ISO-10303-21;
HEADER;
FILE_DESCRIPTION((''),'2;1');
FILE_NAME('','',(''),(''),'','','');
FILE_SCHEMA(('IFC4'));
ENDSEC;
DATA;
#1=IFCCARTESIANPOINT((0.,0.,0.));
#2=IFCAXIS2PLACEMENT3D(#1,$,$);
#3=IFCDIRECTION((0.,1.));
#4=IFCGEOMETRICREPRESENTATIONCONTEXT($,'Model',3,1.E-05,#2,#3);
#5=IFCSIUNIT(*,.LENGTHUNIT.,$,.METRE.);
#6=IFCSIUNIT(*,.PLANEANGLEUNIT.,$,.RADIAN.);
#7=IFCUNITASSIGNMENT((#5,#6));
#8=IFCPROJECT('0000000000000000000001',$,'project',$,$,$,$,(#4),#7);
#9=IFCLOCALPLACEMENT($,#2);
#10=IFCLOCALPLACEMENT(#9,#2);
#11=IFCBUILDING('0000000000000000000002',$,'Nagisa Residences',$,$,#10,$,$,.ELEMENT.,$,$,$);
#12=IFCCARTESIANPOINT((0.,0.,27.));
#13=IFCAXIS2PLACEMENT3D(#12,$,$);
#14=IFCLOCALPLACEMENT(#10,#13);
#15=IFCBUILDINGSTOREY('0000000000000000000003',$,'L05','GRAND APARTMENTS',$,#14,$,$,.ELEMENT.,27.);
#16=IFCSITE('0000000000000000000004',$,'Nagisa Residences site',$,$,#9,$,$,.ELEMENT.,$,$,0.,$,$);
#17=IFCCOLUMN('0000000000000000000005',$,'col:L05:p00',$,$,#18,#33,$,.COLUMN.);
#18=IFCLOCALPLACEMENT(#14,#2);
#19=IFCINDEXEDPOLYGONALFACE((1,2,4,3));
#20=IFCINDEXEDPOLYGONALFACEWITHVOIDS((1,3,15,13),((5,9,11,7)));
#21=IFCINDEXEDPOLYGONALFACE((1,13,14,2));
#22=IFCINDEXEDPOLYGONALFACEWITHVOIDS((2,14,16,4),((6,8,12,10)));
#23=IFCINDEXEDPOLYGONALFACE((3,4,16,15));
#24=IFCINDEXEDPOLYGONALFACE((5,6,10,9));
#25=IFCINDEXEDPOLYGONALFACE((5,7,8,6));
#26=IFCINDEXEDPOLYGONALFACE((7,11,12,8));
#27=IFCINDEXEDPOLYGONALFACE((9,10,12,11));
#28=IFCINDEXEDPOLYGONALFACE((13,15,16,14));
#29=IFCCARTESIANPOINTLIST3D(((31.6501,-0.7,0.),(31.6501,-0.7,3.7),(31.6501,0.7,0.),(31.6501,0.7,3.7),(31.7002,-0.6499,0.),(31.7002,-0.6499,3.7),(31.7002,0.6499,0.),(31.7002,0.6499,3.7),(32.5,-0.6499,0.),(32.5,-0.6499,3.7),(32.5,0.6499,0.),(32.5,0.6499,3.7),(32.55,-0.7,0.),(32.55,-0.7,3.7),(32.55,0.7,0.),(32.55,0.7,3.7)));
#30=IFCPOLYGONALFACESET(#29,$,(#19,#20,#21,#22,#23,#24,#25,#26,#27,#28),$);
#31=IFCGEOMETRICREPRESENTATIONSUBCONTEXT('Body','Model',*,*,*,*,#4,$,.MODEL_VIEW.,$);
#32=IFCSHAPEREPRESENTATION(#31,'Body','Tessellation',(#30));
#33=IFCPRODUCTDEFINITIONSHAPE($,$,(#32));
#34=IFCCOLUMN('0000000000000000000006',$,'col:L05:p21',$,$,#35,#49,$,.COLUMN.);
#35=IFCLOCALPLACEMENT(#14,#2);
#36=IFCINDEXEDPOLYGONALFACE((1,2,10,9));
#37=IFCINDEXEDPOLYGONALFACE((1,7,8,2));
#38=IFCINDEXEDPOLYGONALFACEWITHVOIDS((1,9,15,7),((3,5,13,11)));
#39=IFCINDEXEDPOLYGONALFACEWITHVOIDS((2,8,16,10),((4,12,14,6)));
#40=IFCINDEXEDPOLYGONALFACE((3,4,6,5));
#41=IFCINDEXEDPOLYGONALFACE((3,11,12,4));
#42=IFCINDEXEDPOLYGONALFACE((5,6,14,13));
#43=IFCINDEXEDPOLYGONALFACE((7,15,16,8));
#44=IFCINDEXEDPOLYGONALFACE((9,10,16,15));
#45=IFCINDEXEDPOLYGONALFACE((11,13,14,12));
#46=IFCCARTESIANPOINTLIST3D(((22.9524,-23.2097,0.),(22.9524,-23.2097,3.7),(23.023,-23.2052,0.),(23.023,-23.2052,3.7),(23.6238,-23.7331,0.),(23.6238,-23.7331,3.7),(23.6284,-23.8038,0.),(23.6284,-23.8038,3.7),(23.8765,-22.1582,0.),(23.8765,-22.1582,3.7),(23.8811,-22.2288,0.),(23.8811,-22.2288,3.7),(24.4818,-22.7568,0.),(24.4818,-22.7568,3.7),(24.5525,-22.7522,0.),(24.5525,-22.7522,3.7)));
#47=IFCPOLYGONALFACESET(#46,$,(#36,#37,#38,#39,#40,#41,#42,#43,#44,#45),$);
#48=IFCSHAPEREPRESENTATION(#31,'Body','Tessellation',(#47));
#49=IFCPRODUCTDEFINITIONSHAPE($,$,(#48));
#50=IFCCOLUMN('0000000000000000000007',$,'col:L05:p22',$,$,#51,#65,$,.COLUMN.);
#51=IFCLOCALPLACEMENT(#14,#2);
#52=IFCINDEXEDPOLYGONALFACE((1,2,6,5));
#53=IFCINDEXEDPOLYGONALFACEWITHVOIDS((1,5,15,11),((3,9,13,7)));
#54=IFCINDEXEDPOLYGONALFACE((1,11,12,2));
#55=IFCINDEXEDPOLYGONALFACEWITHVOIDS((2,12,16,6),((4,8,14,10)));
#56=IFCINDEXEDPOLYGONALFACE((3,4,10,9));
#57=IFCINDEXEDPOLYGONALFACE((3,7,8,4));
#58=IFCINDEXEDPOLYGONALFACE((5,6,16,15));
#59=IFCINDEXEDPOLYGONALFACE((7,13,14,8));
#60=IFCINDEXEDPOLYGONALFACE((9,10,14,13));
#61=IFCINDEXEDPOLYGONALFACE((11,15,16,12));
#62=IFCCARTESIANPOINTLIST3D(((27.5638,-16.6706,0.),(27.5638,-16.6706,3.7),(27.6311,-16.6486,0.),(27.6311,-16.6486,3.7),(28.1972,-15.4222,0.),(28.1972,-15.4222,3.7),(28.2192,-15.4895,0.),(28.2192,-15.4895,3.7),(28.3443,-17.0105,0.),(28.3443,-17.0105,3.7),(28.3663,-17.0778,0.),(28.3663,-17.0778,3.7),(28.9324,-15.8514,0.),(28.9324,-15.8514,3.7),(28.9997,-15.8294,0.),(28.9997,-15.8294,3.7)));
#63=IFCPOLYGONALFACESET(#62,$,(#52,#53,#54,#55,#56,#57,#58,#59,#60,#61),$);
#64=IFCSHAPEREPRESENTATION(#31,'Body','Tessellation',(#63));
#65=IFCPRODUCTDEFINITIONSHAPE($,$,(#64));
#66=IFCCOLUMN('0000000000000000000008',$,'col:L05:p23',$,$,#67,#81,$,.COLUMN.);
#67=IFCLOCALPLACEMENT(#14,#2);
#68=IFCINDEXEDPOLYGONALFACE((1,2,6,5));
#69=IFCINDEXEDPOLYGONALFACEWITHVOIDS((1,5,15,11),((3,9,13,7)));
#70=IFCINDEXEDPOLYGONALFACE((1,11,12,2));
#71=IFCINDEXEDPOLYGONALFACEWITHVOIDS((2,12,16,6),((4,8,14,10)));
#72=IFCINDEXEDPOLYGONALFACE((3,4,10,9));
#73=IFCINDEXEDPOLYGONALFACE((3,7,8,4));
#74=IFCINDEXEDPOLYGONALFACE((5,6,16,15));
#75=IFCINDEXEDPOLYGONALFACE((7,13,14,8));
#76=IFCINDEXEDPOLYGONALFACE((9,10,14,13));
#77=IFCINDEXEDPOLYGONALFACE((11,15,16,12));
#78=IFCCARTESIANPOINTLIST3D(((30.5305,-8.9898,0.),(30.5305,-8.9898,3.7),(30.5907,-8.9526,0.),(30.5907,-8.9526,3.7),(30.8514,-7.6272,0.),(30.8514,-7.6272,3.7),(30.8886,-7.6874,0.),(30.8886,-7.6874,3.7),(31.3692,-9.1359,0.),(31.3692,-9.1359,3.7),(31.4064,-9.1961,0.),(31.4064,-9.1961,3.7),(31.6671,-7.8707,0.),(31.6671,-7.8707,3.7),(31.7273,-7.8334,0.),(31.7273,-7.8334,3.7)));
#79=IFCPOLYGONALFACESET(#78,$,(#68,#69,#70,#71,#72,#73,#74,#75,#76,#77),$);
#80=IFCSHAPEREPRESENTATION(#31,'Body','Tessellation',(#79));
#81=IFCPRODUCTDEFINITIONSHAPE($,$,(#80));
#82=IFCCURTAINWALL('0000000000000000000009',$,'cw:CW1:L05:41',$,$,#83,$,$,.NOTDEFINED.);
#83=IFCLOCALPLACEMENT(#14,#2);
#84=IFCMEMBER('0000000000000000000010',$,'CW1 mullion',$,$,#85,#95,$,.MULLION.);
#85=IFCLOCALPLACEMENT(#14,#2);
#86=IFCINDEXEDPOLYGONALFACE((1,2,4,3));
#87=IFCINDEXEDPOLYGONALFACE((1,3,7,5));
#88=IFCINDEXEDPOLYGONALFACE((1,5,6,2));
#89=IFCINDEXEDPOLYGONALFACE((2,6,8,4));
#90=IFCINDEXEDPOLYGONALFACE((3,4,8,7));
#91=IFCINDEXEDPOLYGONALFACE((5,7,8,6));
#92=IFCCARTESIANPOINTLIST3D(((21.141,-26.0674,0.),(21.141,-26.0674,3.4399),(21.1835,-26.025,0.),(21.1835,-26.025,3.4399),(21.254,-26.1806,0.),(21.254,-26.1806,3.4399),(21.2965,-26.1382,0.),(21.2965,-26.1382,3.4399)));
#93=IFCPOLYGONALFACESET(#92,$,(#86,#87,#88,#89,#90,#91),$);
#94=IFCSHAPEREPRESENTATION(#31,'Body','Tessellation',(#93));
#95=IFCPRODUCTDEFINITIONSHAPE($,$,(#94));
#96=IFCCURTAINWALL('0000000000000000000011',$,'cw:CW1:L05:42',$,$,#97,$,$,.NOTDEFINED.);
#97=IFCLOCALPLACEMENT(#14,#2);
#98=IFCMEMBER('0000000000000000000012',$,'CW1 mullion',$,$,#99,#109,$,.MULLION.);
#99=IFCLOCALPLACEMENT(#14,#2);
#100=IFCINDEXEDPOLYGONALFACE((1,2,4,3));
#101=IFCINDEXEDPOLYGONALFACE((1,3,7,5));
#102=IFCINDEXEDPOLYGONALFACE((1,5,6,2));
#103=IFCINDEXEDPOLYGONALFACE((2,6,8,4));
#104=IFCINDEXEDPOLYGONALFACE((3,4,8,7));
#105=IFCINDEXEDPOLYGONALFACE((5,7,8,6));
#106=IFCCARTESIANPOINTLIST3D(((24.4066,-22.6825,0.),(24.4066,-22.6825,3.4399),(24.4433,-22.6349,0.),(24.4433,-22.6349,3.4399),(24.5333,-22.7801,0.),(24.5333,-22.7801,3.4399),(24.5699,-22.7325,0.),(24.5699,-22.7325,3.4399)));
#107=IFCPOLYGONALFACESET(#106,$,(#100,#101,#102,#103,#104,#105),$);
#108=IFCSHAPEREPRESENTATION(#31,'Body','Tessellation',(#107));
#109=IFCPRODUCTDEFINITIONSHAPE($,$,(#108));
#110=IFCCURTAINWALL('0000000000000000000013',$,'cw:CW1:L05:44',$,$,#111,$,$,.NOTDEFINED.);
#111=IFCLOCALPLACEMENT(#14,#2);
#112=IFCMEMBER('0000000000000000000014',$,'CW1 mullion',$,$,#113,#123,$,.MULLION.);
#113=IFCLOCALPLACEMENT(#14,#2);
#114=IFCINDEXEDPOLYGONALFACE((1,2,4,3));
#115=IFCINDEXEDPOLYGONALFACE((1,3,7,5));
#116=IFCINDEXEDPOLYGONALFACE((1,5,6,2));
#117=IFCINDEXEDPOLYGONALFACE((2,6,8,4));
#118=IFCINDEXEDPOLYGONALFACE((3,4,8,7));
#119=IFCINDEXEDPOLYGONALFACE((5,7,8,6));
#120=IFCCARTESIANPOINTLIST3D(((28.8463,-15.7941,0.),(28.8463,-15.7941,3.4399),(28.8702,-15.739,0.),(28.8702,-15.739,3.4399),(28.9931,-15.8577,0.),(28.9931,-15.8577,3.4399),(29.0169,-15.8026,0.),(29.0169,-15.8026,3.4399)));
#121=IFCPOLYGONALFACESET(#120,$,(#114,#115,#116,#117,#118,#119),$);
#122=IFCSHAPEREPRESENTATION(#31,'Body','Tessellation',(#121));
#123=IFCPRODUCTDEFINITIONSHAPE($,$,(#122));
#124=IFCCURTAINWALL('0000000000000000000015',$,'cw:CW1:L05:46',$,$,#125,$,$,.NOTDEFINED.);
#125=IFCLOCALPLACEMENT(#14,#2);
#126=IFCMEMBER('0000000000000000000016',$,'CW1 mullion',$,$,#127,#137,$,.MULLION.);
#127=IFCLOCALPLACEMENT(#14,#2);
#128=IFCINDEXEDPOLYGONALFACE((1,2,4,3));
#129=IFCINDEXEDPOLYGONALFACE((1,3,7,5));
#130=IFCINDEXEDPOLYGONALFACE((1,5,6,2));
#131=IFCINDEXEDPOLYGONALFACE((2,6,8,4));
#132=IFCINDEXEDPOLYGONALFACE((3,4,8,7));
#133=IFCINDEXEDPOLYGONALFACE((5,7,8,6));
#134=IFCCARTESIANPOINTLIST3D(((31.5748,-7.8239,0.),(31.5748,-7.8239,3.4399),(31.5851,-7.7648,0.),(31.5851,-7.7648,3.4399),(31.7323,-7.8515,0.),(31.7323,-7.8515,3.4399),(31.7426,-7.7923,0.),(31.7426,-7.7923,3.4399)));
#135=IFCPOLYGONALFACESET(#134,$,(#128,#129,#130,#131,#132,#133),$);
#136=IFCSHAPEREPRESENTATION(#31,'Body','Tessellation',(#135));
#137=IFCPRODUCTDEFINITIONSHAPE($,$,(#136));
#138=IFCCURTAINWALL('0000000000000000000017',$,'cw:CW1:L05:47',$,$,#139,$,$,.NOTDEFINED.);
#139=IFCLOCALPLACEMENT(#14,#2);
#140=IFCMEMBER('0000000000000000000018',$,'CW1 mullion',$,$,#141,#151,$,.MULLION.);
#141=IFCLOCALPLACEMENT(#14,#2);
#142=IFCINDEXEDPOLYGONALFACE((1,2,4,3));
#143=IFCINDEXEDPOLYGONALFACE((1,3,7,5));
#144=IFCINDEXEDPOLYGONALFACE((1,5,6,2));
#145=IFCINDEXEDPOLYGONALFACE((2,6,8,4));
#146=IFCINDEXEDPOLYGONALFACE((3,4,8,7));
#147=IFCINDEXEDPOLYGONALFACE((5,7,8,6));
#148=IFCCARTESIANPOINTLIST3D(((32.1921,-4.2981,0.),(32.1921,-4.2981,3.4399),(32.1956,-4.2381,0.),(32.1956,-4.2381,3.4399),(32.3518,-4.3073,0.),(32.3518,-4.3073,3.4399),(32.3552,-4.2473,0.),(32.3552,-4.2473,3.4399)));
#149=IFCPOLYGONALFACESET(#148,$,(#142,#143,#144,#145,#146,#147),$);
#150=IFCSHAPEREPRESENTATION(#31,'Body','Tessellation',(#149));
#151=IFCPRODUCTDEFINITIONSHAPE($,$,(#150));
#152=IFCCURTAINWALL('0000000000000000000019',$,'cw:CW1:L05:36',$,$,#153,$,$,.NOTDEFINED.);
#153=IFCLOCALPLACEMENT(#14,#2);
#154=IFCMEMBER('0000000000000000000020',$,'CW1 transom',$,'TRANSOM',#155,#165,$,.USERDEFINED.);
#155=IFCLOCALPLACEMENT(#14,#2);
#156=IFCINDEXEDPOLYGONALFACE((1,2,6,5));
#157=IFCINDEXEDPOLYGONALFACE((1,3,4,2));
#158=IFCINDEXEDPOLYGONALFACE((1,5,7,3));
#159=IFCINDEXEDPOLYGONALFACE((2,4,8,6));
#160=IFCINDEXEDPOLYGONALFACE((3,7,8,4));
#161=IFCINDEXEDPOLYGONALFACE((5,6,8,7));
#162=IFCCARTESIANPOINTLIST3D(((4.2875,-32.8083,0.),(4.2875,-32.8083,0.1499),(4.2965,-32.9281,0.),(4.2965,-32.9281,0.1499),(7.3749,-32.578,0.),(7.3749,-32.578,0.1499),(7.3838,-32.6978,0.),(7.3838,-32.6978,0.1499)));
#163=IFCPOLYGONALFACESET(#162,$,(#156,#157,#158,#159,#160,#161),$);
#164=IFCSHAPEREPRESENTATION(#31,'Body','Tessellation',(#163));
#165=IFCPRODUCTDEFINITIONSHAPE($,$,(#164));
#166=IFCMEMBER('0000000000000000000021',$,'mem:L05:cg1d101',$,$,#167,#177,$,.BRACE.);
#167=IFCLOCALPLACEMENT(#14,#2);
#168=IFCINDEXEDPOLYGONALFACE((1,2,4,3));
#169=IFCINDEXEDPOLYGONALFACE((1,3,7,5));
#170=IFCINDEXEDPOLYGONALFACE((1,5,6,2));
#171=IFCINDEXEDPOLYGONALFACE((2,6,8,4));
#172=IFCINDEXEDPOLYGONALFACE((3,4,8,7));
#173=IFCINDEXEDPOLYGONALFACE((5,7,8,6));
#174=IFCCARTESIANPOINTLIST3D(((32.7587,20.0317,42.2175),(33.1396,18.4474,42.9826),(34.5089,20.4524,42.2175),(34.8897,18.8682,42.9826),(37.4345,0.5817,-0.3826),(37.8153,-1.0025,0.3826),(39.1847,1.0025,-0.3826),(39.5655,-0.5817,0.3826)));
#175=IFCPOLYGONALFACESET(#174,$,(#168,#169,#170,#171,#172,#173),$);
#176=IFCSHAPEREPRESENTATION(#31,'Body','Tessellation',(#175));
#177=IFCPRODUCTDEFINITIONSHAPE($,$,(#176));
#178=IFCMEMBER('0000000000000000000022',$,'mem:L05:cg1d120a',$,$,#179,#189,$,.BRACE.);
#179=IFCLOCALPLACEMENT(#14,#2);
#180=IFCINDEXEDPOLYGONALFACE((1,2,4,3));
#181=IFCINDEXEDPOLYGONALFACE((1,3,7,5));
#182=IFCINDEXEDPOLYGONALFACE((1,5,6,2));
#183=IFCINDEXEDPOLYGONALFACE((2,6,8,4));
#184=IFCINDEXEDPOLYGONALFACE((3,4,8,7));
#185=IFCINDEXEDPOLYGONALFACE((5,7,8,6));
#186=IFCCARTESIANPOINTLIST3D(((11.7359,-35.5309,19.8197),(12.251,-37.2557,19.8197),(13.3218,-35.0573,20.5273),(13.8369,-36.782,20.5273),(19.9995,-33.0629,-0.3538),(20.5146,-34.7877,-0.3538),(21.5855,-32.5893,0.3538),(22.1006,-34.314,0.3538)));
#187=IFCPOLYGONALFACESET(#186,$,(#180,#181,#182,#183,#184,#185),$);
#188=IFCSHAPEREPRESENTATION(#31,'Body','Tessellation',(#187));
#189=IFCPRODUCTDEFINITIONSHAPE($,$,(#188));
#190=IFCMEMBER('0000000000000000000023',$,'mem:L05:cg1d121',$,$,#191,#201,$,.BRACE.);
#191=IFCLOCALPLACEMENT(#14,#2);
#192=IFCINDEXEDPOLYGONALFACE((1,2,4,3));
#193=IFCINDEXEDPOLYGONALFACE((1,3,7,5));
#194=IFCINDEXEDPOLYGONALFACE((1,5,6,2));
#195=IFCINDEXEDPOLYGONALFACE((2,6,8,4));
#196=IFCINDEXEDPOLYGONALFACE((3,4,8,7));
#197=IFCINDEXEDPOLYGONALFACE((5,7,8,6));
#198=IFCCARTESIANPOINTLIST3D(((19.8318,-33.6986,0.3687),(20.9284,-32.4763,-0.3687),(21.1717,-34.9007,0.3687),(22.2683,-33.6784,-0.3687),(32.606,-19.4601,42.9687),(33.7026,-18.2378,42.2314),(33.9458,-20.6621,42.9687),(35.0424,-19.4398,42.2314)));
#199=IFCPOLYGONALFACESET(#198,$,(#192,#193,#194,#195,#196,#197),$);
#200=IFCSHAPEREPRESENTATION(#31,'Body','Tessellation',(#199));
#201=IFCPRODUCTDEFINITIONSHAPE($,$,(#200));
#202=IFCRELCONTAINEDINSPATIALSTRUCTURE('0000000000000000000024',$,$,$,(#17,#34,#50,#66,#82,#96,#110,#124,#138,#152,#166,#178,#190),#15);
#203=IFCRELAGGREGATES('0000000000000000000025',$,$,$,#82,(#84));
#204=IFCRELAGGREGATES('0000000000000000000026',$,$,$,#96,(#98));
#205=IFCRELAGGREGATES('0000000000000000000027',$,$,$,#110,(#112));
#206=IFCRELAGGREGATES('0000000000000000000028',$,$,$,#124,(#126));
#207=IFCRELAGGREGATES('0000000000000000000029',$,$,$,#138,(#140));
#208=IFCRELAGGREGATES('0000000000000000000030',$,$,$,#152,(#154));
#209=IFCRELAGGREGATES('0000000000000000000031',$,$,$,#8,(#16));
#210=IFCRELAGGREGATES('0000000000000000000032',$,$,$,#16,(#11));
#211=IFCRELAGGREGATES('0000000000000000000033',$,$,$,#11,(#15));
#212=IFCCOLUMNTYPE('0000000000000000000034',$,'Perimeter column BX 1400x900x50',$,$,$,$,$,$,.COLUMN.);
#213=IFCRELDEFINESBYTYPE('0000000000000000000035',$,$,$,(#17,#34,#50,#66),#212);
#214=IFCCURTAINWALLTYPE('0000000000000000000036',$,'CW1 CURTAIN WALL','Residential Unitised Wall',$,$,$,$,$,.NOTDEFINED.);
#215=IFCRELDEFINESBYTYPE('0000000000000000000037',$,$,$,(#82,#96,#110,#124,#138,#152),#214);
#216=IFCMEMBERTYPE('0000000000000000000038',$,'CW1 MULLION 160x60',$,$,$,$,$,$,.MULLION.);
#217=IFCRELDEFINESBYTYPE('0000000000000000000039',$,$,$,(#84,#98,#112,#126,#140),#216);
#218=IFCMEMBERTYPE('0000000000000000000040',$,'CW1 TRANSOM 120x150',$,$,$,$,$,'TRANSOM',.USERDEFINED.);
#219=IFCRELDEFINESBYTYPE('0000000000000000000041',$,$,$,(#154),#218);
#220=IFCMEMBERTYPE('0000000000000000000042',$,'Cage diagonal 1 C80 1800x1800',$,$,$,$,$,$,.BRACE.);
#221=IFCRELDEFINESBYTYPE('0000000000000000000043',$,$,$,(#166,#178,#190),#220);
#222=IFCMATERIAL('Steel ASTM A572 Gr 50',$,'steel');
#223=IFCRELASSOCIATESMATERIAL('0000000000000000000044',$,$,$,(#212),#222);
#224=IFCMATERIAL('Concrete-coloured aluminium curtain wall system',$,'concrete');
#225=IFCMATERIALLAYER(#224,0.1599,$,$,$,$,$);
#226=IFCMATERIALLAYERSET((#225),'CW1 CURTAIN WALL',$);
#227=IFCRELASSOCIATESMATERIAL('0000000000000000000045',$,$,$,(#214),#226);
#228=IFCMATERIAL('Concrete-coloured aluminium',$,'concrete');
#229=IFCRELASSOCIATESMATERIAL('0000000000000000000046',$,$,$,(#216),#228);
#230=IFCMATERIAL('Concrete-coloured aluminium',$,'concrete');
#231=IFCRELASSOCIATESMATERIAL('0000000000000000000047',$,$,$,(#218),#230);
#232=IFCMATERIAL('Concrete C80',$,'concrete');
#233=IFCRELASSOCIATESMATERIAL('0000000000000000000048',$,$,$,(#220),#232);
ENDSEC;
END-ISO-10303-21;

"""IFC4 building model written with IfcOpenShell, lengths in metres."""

from ifc_helpers import new_model, si_unit, direction, frame, origin, origin_2d, place, context, subcontext, project, spatial, rectangle, hollow_rectangle, extrude, material, layer, layer_set, material_profile, profile_set, type_object, element, aggregate, save


model = new_model("IFC4")

# Units and contexts
model_context = context("Model", 3, precision=1e-05, world=origin(), true_north=direction((0.0, 1.0)))
body_context = subcontext(model_context, "Body", "Model", "MODEL_VIEW")
ifc_project = project(units=[si_unit("LENGTHUNIT", "METRE"), si_unit("PLANEANGLEUNIT", "RADIAN")], contexts=[model_context])

# Site, building, storey
site_placement = place(None, origin())
site = spatial("IfcSite", under=ifc_project, at=site_placement, Name="Nagisa Residences site", CompositionType="ELEMENT", RefElevation=0.0)
building_placement = place(site_placement, origin())
building = spatial("IfcBuilding", under=site, at=building_placement, Name="Nagisa Residences", CompositionType="ELEMENT")
storey_placement = place(building_placement, frame((0.0, 0.0, 27.0)))
storey = spatial("IfcBuildingStorey", under=building, at=storey_placement, Name="L05", Description="GRAND APARTMENTS", CompositionType="ELEMENT", Elevation=27.0)

# Columns
ifc_material_1 = material(Name="Steel ASTM A572 Gr 50", Category="steel")
ifc_material_profile_1 = material_profile(ifc_material_1, hollow_rectangle(XDim=1.3999, YDim=0.8999, WallThickness=0.05, at=origin_2d()), Name="BX 1400x900x50")
ifc_profile_set_1 = profile_set([ifc_material_profile_1], Name="Steel ASTM A572 Gr 50")
column_type = type_object("IfcColumnType", Name="Perimeter column BX 1400x900x50", PredefinedType="COLUMN", material=ifc_profile_set_1)
for number, where, z_axis, x_axis, name in (
    (1, (32.1001, 0.0, 0.0), (0.0, 0.0, 1.0), (0.0, 1.0, 0.0), "col:L05:p00"),
    (2, (23.7524, -22.981, 0.0), (0.0, 0.0, 1.0), (0.660115, 0.751165, 0.0), "col:L05:p21"),
    (3, (28.2817, -16.25, 0.0), (0.0, 0.0, 1.0), (0.452463, 0.891783, 0.0), "col:L05:p22"),
    (4, (31.1289, -8.4116, 0.0), (0.0, 0.0, 1.0), (0.229202, 0.973379, 0.0), "col:L05:p23"),
):
    element("IfcColumn", number, at=place(storey_placement, frame(where, z_axis=z_axis, x_axis=x_axis)), inside=storey, type_object=column_type, Name=name, PredefinedType="COLUMN", context=body_context, shape_type="SweptSolid", body=[
        extrude(hollow_rectangle(XDim=1.3999, YDim=0.8999, WallThickness=0.05, at=origin_2d()), origin(), (0.0, 0.0, 1.0), 3.7),
    ])

# Curtain walls, members
ifc_material_2 = material(Name="Concrete-coloured aluminium curtain wall system", Category="concrete")
ifc_layer_1 = layer(ifc_material_2, 0.1599)
ifc_layer_set_1 = layer_set([ifc_layer_1], Name="CW1 CURTAIN WALL")
curtain_wall_type = type_object("IfcCurtainWallType", Name="CW1 CURTAIN WALL", Description="Residential Unitised Wall", PredefinedType="NOTDEFINED", material=ifc_layer_set_1)
curtain_wall_1_placement = place(storey_placement, origin())
curtain_wall_1 = element("IfcCurtainWall", 5, at=curtain_wall_1_placement, inside=storey, type_object=curtain_wall_type, Name="cw:CW1:L05:41", PredefinedType="NOTDEFINED")
ifc_material_3 = material(Name="Concrete-coloured aluminium", Category="concrete")
ifc_material_profile_2 = material_profile(ifc_material_3, rectangle(XDim=0.1599, YDim=0.0601, at=origin_2d()), Name="CW1 MULLION 160x60")
ifc_profile_set_2 = profile_set([ifc_material_profile_2], Name="Concrete-coloured aluminium")
member_type_1 = type_object("IfcMemberType", Name="CW1 MULLION 160x60", PredefinedType="MULLION", material=ifc_profile_set_2)
member_1_placement = place(storey_placement, frame((21.2188, -26.1028, 0.0), z_axis=(0.0, 0.0, 1.0), x_axis=(-0.706377, 0.707836, 0.0)))
member_1 = element("IfcMember", 6, at=member_1_placement, type_object=member_type_1, Name="CW1 mullion", PredefinedType="MULLION", context=body_context, shape_type="SweptSolid", body=[
    extrude(rectangle(XDim=0.1599, YDim=0.0601, at=origin_2d()), origin(), (0.0, 0.0, 1.0), 3.4399),
])
aggregate(curtain_wall_1, [member_1])
curtain_wall_2_placement = place(storey_placement, origin())
curtain_wall_2 = element("IfcCurtainWall", 7, at=curtain_wall_2_placement, inside=storey, type_object=curtain_wall_type, Name="cw:CW1:L05:42", PredefinedType="NOTDEFINED")
member_2_placement = place(storey_placement, frame((24.4883, -22.7075, 0.0), z_axis=(0.0, 0.0, 1.0), x_axis=(-0.79207, 0.61043, 0.0)))
member_2 = element("IfcMember", 8, at=member_2_placement, type_object=member_type_1, Name="CW1 mullion", PredefinedType="MULLION", context=body_context, shape_type="SweptSolid", body=[
    extrude(rectangle(XDim=0.1599, YDim=0.0601, at=origin_2d()), origin(), (0.0, 0.0, 1.0), 3.4399),
])
aggregate(curtain_wall_2, [member_2])
curtain_wall_3_placement = place(storey_placement, origin())
curtain_wall_3 = element("IfcCurtainWall", 9, at=curtain_wall_3_placement, inside=storey, type_object=curtain_wall_type, Name="cw:CW1:L05:44", PredefinedType="NOTDEFINED")
member_3_placement = place(storey_placement, frame((28.9316, -15.7983, 0.0), z_axis=(0.0, 0.0, 1.0), x_axis=(-0.917543, 0.397636, 0.0)))
member_3 = element("IfcMember", 10, at=member_3_placement, type_object=member_type_1, Name="CW1 mullion", PredefinedType="MULLION", context=body_context, shape_type="SweptSolid", body=[
    extrude(rectangle(XDim=0.1599, YDim=0.0601, at=origin_2d()), origin(), (0.0, 0.0, 1.0), 3.4399),
])
aggregate(curtain_wall_3, [member_3])
curtain_wall_4_placement = place(storey_placement, origin())
curtain_wall_4 = element("IfcCurtainWall", 11, at=curtain_wall_4_placement, inside=storey, type_object=curtain_wall_type, Name="cw:CW1:L05:46", PredefinedType="NOTDEFINED")
member_4_placement = place(storey_placement, frame((31.6587, -7.8081, 0.0), z_axis=(0.0, 0.0, 1.0), x_axis=(-0.985064, 0.172191, 0.0)))
member_4 = element("IfcMember", 12, at=member_4_placement, type_object=member_type_1, Name="CW1 mullion", PredefinedType="MULLION", context=body_context, shape_type="SweptSolid", body=[
    extrude(rectangle(XDim=0.1599, YDim=0.0601, at=origin_2d()), origin(), (0.0, 0.0, 1.0), 3.4399),
])
aggregate(curtain_wall_4, [member_4])
curtain_wall_5_placement = place(storey_placement, origin())
curtain_wall_5 = element("IfcCurtainWall", 13, at=curtain_wall_5_placement, inside=storey, type_object=curtain_wall_type, Name="cw:CW1:L05:47", PredefinedType="NOTDEFINED")
member_5_placement = place(storey_placement, frame((32.2737, -4.2727, 0.0), z_axis=(0.0, 0.0, 1.0), x_axis=(-0.998345, 0.057503, 0.0)))
member_5 = element("IfcMember", 14, at=member_5_placement, type_object=member_type_1, Name="CW1 mullion", PredefinedType="MULLION", context=body_context, shape_type="SweptSolid", body=[
    extrude(rectangle(XDim=0.1599, YDim=0.0601, at=origin_2d()), origin(), (0.0, 0.0, 1.0), 3.4399),
])
aggregate(curtain_wall_5, [member_5])
curtain_wall_6_placement = place(storey_placement, origin())
curtain_wall_6 = element("IfcCurtainWall", 15, at=curtain_wall_6_placement, inside=storey, type_object=curtain_wall_type, Name="cw:CW1:L05:36", PredefinedType="NOTDEFINED")
ifc_material_4 = material(Name="Concrete-coloured aluminium", Category="concrete")
ifc_material_profile_3 = material_profile(ifc_material_4, rectangle(XDim=0.1201, YDim=0.1499, at=origin_2d()), Name="CW1 TRANSOM 120x150")
ifc_profile_set_3 = profile_set([ifc_material_profile_3], Name="Concrete-coloured aluminium")
member_type_2 = type_object("IfcMemberType", Name="CW1 TRANSOM 120x150", ElementType="TRANSOM", PredefinedType="USERDEFINED", material=ifc_profile_set_3)
member_6_placement = place(storey_placement, frame((4.292, -32.8682, 0.075), z_axis=(0.997231, 0.074363, 0.0), x_axis=(-0.074363, 0.997231, 0.0)))
member_6 = element("IfcMember", 16, at=member_6_placement, type_object=member_type_2, Name="CW1 transom", ObjectType="TRANSOM", PredefinedType="USERDEFINED", context=body_context, shape_type="SweptSolid", body=[
    extrude(rectangle(XDim=0.1201, YDim=0.1499, at=origin_2d()), origin(), (0.0, 0.0, 1.0), 3.0959),
])
aggregate(curtain_wall_6, [member_6])

# Members
ifc_material_5 = material(Name="Concrete C80", Category="concrete")
ifc_material_profile_4 = material_profile(ifc_material_5, rectangle(XDim=1.8, YDim=1.8, at=origin_2d()), Name="C80 1800x1800")
ifc_profile_set_4 = profile_set([ifc_material_profile_4], Name="Concrete C80")
member_type_3 = type_object("IfcMemberType", Name="Cage diagonal 1 C80 1800x1800", PredefinedType="BRACE", material=ifc_profile_set_4)
member_7_placement = place(storey_placement, frame((38.5, 0.0, 0.0), z_axis=(-0.099351, 0.413274, 0.905171), x_axis=(-0.972299, -0.233741, 0.0)))
element("IfcMember", 17, at=member_7_placement, inside=storey, type_object=member_type_3, Name="mem:L05:cg1d101", PredefinedType="BRACE", context=body_context, shape_type="SweptSolid", body=[
    extrude(rectangle(XDim=1.8, YDim=1.8, at=origin_2d()), origin(), (0.0, 0.0, 1.0), 47.063),
])
member_8_placement = place(storey_placement, frame((21.05, -33.6885, 0.0), z_axis=(-0.376653, -0.112491, 0.919499), x_axis=(0.286169, -0.958179, 0.0)))
element("IfcMember", 18, at=member_8_placement, inside=storey, type_object=member_type_3, Name="mem:L05:cg1d120a", PredefinedType="BRACE", context=body_context, shape_type="SweptSolid", body=[
    extrude(rectangle(XDim=1.8, YDim=1.8, at=origin_2d()), origin(), (0.0, 0.0, 1.0), 21.9397),
])
member_9_placement = place(storey_placement, frame((21.05, -33.6885, 0.0), z_axis=(0.27355, 0.304908, 0.912251), x_axis=(-0.744346, 0.667794, 0.0)))
element("IfcMember", 19, at=member_9_placement, inside=storey, type_object=member_type_3, Name="mem:L05:cg1d121", PredefinedType="BRACE", context=body_context, shape_type="SweptSolid", body=[
    extrude(rectangle(XDim=1.8, YDim=1.8, at=origin_2d()), origin(), (0.0, 0.0, 1.0), 46.6978),
])

save(model, "model.ifc")
